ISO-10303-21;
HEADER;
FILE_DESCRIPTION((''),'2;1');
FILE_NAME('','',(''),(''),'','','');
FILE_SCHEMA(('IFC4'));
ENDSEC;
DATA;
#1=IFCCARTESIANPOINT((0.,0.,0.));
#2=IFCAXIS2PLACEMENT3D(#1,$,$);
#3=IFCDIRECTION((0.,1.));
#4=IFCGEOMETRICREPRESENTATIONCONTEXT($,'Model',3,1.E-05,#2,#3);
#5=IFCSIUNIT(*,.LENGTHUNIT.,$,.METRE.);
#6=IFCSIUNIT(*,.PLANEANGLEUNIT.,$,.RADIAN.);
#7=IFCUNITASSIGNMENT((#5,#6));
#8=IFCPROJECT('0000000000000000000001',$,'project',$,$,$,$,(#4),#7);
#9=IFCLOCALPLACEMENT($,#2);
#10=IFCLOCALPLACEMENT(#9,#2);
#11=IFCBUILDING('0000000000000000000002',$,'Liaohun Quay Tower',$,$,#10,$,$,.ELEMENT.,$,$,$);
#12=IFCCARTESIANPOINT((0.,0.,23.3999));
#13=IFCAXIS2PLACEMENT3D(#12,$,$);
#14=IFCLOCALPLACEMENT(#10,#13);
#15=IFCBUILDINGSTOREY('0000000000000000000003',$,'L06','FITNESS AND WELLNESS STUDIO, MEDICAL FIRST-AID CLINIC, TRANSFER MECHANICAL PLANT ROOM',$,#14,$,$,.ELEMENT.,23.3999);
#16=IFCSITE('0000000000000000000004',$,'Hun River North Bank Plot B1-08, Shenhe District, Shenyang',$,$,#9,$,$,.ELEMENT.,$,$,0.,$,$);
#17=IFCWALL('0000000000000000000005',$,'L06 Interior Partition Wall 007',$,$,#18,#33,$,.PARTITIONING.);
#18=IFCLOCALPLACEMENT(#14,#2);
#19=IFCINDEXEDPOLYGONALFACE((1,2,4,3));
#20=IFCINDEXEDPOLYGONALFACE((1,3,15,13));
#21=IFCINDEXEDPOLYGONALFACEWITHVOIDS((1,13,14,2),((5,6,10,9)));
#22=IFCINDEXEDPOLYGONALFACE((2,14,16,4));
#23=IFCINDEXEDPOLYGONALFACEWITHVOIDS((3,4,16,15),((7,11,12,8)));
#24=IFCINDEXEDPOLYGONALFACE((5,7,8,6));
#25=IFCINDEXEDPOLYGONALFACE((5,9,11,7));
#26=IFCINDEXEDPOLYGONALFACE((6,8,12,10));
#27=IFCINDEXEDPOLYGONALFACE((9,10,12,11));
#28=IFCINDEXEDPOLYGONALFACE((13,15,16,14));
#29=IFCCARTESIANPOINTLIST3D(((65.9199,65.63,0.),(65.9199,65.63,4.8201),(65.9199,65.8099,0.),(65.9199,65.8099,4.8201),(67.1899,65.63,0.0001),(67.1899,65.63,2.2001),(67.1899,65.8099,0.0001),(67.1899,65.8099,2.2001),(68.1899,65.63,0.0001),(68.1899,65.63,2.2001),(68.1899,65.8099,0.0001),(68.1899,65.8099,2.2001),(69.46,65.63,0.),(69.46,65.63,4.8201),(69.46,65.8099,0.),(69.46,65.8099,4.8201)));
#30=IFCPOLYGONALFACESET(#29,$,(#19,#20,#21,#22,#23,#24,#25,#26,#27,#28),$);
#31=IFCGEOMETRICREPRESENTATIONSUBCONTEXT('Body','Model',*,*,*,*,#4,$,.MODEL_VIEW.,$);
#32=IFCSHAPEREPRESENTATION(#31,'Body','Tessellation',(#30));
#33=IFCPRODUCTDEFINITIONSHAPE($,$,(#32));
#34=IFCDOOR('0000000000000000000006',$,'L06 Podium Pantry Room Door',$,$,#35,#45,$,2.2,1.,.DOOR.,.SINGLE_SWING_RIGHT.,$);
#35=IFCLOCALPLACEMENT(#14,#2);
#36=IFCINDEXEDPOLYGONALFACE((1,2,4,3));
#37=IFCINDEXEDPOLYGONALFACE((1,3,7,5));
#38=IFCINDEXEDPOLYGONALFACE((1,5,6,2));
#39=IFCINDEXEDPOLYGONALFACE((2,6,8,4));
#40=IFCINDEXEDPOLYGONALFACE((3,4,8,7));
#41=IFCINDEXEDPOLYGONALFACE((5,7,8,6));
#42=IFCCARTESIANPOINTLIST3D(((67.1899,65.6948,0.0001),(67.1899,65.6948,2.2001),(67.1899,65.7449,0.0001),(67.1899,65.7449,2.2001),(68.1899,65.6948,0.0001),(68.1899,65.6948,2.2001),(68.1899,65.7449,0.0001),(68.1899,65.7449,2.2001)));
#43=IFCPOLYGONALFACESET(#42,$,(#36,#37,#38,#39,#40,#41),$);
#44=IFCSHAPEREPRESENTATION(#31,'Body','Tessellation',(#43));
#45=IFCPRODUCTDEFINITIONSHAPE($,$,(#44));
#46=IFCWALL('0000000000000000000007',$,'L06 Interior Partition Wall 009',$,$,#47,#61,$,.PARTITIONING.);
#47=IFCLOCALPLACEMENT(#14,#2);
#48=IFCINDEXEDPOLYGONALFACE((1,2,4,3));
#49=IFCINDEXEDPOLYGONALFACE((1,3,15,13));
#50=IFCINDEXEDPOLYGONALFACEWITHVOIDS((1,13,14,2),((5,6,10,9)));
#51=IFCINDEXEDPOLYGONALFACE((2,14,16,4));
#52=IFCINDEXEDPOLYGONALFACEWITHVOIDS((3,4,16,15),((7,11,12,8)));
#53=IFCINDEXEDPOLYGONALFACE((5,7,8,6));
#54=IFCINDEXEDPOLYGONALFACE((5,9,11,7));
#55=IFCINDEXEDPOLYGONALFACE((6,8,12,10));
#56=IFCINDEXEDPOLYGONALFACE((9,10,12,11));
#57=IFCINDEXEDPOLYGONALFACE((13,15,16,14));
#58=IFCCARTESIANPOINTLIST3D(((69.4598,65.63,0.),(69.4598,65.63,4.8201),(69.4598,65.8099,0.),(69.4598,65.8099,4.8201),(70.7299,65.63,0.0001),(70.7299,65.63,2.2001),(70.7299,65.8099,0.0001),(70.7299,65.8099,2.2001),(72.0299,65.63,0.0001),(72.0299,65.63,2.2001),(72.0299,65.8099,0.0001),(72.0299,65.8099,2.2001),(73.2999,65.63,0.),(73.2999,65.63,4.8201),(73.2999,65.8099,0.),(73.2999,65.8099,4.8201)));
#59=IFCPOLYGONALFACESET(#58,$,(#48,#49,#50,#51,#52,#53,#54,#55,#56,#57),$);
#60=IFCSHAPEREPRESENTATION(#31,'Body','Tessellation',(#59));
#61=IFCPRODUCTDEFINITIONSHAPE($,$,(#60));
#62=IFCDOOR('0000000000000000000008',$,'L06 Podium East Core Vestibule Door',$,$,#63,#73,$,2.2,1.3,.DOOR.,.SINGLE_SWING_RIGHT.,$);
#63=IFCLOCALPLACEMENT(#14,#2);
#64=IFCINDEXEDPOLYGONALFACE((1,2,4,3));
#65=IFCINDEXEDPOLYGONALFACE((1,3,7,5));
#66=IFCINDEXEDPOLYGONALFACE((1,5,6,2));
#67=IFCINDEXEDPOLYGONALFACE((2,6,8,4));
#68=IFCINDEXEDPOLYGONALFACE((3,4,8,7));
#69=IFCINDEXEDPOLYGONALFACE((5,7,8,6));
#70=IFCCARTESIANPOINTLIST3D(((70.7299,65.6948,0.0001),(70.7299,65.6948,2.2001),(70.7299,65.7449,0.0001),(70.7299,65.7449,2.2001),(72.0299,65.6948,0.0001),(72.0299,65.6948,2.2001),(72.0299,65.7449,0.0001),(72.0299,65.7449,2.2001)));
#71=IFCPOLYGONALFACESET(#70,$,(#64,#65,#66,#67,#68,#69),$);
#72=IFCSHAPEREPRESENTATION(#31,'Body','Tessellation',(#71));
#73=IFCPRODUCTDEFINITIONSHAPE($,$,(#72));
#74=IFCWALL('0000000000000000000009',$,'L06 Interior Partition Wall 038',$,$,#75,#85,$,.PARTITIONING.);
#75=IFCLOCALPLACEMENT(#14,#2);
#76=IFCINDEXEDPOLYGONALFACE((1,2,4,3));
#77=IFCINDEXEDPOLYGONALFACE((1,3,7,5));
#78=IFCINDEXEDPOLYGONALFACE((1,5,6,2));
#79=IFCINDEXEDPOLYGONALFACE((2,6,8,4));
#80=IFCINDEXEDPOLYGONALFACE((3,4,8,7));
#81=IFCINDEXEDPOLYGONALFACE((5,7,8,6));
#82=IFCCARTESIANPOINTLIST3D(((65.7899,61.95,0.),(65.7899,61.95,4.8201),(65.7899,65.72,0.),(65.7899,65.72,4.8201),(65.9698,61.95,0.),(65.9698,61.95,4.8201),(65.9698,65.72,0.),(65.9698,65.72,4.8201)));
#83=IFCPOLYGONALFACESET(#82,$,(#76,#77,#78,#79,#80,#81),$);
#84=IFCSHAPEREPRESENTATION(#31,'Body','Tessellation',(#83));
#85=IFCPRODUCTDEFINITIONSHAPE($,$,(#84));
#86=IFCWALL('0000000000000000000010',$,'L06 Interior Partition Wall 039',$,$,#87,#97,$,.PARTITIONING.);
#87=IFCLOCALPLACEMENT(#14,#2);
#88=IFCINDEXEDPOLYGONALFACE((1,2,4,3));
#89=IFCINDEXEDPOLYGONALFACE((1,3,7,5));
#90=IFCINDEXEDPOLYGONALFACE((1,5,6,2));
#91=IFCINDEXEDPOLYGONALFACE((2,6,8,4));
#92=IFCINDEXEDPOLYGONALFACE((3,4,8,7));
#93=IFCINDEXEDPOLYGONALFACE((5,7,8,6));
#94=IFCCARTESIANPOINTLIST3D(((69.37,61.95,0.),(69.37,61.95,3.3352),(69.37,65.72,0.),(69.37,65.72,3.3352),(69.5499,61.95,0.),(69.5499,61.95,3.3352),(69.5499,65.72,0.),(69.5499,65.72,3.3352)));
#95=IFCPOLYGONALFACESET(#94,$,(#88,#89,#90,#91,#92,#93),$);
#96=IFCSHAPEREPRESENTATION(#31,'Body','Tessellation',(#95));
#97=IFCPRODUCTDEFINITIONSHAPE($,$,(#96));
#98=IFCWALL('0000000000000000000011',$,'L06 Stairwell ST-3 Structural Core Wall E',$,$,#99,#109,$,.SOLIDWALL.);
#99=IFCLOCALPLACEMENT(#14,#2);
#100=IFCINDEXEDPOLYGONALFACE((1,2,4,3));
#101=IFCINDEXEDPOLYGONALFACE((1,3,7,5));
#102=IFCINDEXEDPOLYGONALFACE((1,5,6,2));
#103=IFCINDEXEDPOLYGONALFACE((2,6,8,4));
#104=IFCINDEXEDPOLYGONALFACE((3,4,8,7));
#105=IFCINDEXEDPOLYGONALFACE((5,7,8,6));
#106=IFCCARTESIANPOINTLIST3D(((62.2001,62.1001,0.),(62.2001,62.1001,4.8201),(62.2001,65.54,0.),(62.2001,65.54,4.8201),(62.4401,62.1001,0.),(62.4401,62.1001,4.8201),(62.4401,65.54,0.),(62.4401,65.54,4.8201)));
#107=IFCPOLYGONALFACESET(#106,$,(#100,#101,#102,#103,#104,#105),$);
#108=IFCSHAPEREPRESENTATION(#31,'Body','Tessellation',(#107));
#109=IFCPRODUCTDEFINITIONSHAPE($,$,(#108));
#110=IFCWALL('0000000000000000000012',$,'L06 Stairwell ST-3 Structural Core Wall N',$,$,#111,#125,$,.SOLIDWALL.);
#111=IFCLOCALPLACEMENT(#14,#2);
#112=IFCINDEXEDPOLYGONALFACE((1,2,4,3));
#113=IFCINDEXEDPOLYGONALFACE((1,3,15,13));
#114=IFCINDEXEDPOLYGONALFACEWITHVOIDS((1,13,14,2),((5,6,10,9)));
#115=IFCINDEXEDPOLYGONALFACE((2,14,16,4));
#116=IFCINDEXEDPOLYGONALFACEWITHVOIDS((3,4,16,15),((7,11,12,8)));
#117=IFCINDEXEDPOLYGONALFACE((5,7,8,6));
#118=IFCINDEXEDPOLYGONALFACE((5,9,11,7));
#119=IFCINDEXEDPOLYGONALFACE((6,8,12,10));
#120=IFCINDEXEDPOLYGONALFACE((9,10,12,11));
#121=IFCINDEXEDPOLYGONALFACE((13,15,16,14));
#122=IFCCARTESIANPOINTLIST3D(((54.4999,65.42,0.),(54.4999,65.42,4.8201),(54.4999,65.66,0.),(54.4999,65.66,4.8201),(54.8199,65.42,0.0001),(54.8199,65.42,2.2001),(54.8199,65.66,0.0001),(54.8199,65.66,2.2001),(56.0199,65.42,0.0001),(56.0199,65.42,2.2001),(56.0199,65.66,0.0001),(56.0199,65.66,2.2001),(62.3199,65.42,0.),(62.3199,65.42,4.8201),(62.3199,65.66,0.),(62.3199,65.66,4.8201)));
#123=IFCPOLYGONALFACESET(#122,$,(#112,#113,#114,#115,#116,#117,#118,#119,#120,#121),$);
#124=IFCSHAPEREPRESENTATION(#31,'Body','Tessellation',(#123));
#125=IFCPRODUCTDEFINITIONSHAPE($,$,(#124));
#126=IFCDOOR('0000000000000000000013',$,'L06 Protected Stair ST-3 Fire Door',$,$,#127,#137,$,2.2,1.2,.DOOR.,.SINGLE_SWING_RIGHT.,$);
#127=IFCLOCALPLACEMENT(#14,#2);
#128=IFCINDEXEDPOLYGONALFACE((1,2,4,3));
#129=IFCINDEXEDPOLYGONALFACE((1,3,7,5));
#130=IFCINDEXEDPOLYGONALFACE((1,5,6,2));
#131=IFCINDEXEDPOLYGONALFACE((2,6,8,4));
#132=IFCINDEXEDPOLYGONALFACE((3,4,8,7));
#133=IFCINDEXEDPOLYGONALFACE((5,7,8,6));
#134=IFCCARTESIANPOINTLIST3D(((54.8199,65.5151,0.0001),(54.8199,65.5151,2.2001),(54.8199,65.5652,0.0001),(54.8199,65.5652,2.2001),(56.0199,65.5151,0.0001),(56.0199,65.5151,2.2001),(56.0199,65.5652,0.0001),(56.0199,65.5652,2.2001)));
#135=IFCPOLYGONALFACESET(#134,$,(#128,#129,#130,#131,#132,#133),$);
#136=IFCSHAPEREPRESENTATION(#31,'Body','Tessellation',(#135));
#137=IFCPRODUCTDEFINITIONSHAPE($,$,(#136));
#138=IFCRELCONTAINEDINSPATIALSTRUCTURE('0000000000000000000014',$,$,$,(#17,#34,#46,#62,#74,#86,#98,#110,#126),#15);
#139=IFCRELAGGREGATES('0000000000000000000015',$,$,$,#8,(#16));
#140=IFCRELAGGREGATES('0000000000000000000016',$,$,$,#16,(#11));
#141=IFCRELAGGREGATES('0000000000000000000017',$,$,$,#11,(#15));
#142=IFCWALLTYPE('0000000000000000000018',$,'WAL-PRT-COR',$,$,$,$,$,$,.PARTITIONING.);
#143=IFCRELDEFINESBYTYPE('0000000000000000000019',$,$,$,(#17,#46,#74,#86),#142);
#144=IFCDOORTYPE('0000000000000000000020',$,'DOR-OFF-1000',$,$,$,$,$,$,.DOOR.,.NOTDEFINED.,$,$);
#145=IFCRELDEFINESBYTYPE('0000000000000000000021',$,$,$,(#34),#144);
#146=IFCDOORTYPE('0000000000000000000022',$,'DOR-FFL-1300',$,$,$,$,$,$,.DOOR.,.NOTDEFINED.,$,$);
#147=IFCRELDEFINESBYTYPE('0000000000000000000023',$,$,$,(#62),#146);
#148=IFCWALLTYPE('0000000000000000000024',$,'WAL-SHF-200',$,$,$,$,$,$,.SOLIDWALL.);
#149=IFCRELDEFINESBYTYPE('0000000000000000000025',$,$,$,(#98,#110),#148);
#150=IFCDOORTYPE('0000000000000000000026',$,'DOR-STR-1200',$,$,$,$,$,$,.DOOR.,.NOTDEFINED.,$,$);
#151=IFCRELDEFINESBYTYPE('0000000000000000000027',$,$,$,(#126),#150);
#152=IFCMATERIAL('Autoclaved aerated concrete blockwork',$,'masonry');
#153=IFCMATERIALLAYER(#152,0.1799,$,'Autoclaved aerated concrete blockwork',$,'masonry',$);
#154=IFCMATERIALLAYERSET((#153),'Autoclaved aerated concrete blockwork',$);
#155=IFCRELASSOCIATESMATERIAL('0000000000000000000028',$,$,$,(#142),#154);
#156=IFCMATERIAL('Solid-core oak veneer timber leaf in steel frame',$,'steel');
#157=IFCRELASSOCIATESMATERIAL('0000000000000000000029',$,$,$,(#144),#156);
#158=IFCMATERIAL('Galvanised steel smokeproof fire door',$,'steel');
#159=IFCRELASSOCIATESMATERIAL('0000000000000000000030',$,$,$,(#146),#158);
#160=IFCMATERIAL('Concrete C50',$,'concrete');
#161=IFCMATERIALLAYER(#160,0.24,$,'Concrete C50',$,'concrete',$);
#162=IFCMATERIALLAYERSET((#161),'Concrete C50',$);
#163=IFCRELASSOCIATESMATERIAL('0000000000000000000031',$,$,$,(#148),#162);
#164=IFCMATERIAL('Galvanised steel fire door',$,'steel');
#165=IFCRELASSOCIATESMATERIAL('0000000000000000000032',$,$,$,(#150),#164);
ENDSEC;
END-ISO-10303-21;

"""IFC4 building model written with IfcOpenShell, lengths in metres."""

from ifc_helpers import new_model, si_unit, direction, frame, frame_2d, origin, place, context, subcontext, project, spatial, rectangle, extrude, source, transform, mapped, material, layer, layer_set, type_object, element, fill, save


model = new_model("IFC4")

# Units and contexts
model_context = context("Model", 3, precision=1e-05, world=origin(), true_north=direction((0.0, 1.0)))
body_context = subcontext(model_context, "Body", "Model", "MODEL_VIEW")
ifc_project = project(units=[si_unit("LENGTHUNIT", "METRE"), si_unit("PLANEANGLEUNIT", "RADIAN")], contexts=[model_context])

# Site, building, storey
site_placement = place(None, origin())
site = spatial("IfcSite", under=ifc_project, at=site_placement, Name="Hun River North Bank Plot B1-08, Shenhe District, Shenyang", CompositionType="ELEMENT", RefElevation=0.0)
building_placement = place(site_placement, origin())
building = spatial("IfcBuilding", under=site, at=building_placement, Name="Liaohun Quay Tower", CompositionType="ELEMENT")
storey_placement = place(building_placement, frame((0.0, 0.0, 23.3999)))
storey = spatial("IfcBuildingStorey", under=building, at=storey_placement, Name="L06", Description="FITNESS AND WELLNESS STUDIO, MEDICAL FIRST-AID CLINIC, TRANSFER MECHANICAL PLANT ROOM", CompositionType="ELEMENT", Elevation=23.3999)

# Walls, openings, doors
ifc_material_1 = material(Name="Autoclaved aerated concrete blockwork", Category="masonry")
ifc_layer_1 = layer(ifc_material_1, 0.1799, Name="Autoclaved aerated concrete blockwork", Category="masonry")
ifc_layer_set_1 = layer_set([ifc_layer_1], Name="Autoclaved aerated concrete blockwork")
wall_type_1 = type_object("IfcWallType", Name="WAL-PRT-COR", PredefinedType="PARTITIONING", material=ifc_layer_set_1)
shared_shape_1 = source(origin(), body_context, "Body", "SweptSolid", [
    extrude(rectangle(XDim=1.0, YDim=2.2, at=frame_2d((0.5, 1.1001))), frame((0.0, 0.0999, 0.0), z_axis=(0.0, -1.0, 0.0), x_axis=(1.0, 0.0, 0.0)), (0.0, 0.0, 1.0), 0.2),
])
ifc_material_2 = material(Name="Solid-core oak veneer timber leaf in steel frame", Category="steel")
door_type_1 = type_object("IfcDoorType", Name="DOR-OFF-1000", OperationType="NOTDEFINED", PredefinedType="DOOR", material=ifc_material_2)
shared_shape_2 = source(origin(), body_context, "Body", "SweptSolid", [
    extrude(rectangle(XDim=1.0, YDim=2.2, at=frame_2d((0.5, 1.1001))), frame((0.0, 0.0249, 0.0), z_axis=(0.0, -1.0, 0.0), x_axis=(1.0, 0.0, 0.0)), (0.0, 0.0, 1.0), 0.05),
])
wall_1_placement = place(storey_placement, frame((65.9199, 65.72, 0.0), z_axis=(0.0, 0.0, 1.0), x_axis=(1.0, 0.0, 0.0)))
wall_1 = element("IfcWall", 1, at=wall_1_placement, inside=storey, type_object=wall_type_1, Name="L06 Interior Partition Wall 007", PredefinedType="PARTITIONING", context=body_context, shape_type="SweptSolid", body=[
    extrude(rectangle(XDim=3.54, YDim=0.1799, at=frame_2d((1.77, 0.0))), origin(), (0.0, 0.0, 1.0), 4.8201),
])
opening_1_placement = place(wall_1_placement, frame((1.27, 0.0, 0.0)))
opening_1 = element("IfcOpeningElement", 2, at=opening_1_placement, cuts=wall_1, PredefinedType="OPENING", context=body_context, shape_type="MappedRepresentation", body=[
    mapped(shared_shape_1, transform((0.0, 0.0, 0.0), x_axis=(1.0, 0.0, 0.0), y_axis=(0.0, 1.0, 0.0), z_axis=(0.0, 0.0, 1.0), scale=1.0)),
])
door_1_placement = place(opening_1_placement, origin())
door_1 = element("IfcDoor", 3, at=door_1_placement, inside=storey, type_object=door_type_1, Name="L06 Podium Pantry Room Door", OperationType="SINGLE_SWING_RIGHT", OverallHeight=2.2, OverallWidth=1.0, PredefinedType="DOOR", context=body_context, shape_type="MappedRepresentation", body=[
    mapped(shared_shape_2, transform((0.0, 0.0, 0.0), x_axis=(1.0, 0.0, 0.0), y_axis=(0.0, 1.0, 0.0), z_axis=(0.0, 0.0, 1.0), scale=1.0)),
])
fill(opening_1, door_1)
wall_2_placement = place(storey_placement, frame((69.46, 65.72, 0.0), z_axis=(0.0, 0.0, 1.0), x_axis=(1.0, 0.0, 0.0)))
wall_2 = element("IfcWall", 4, at=wall_2_placement, inside=storey, type_object=wall_type_1, Name="L06 Interior Partition Wall 009", PredefinedType="PARTITIONING", context=body_context, shape_type="SweptSolid", body=[
    extrude(rectangle(XDim=3.8401, YDim=0.1799, at=frame_2d((1.9199, 0.0))), origin(), (0.0, 0.0, 1.0), 4.8201),
])
shared_shape_3 = source(origin(), body_context, "Body", "SweptSolid", [
    extrude(rectangle(XDim=1.3, YDim=2.2, at=frame_2d((0.6499, 1.1001))), frame((0.0, 0.0999, 0.0), z_axis=(0.0, -1.0, 0.0), x_axis=(1.0, 0.0, 0.0)), (0.0, 0.0, 1.0), 0.2),
])
opening_2_placement = place(wall_2_placement, frame((1.27, 0.0, 0.0)))
opening_2 = element("IfcOpeningElement", 5, at=opening_2_placement, cuts=wall_2, PredefinedType="OPENING", context=body_context, shape_type="MappedRepresentation", body=[
    mapped(shared_shape_3, transform((0.0, 0.0, 0.0), x_axis=(1.0, 0.0, 0.0), y_axis=(0.0, 1.0, 0.0), z_axis=(0.0, 0.0, 1.0), scale=1.0)),
])
ifc_material_3 = material(Name="Galvanised steel smokeproof fire door", Category="steel")
door_type_2 = type_object("IfcDoorType", Name="DOR-FFL-1300", OperationType="NOTDEFINED", PredefinedType="DOOR", material=ifc_material_3)
shared_shape_4 = source(origin(), body_context, "Body", "SweptSolid", [
    extrude(rectangle(XDim=1.3, YDim=2.2, at=frame_2d((0.6499, 1.1001))), frame((0.0, 0.0249, 0.0), z_axis=(0.0, -1.0, 0.0), x_axis=(1.0, 0.0, 0.0)), (0.0, 0.0, 1.0), 0.05),
])
door_2_placement = place(opening_2_placement, origin())
door_2 = element("IfcDoor", 6, at=door_2_placement, inside=storey, type_object=door_type_2, Name="L06 Podium East Core Vestibule Door", OperationType="SINGLE_SWING_RIGHT", OverallHeight=2.2, OverallWidth=1.3, PredefinedType="DOOR", context=body_context, shape_type="MappedRepresentation", body=[
    mapped(shared_shape_4, transform((0.0, 0.0, 0.0), x_axis=(1.0, 0.0, 0.0), y_axis=(0.0, 1.0, 0.0), z_axis=(0.0, 0.0, 1.0), scale=1.0)),
])
fill(opening_2, door_2)

# Walls
wall_3_placement = place(storey_placement, frame((65.8799, 61.95, 0.0), z_axis=(0.0, 0.0, 1.0), x_axis=(0.0, 1.0, 0.0)))
element("IfcWall", 7, at=wall_3_placement, inside=storey, type_object=wall_type_1, Name="L06 Interior Partition Wall 038", PredefinedType="PARTITIONING", context=body_context, shape_type="SweptSolid", body=[
    extrude(rectangle(XDim=3.77, YDim=0.1799, at=frame_2d((1.885, 0.0))), origin(), (0.0, 0.0, 1.0), 4.8201),
])
wall_4_placement = place(storey_placement, frame((69.46, 61.95, 0.0), z_axis=(0.0, 0.0, 1.0), x_axis=(0.0, 1.0, 0.0)))
element("IfcWall", 8, at=wall_4_placement, inside=storey, type_object=wall_type_1, Name="L06 Interior Partition Wall 039", PredefinedType="PARTITIONING", context=body_context, shape_type="SweptSolid", body=[
    extrude(rectangle(XDim=3.77, YDim=0.1799, at=frame_2d((1.885, 0.0))), origin(), (0.0, 0.0, 1.0), 3.3352),
])
ifc_material_4 = material(Name="Concrete C50", Category="concrete")
ifc_layer_2 = layer(ifc_material_4, 0.24, Name="Concrete C50", Category="concrete")
ifc_layer_set_2 = layer_set([ifc_layer_2], Name="Concrete C50")
wall_type_2 = type_object("IfcWallType", Name="WAL-SHF-200", PredefinedType="SOLIDWALL", material=ifc_layer_set_2)
wall_5_placement = place(storey_placement, frame((62.3201, 62.1001, 0.0), z_axis=(0.0, 0.0, 1.0), x_axis=(0.0, 1.0, 0.0)))
element("IfcWall", 9, at=wall_5_placement, inside=storey, type_object=wall_type_2, Name="L06 Stairwell ST-3 Structural Core Wall E", PredefinedType="SOLIDWALL", context=body_context, shape_type="SweptSolid", body=[
    extrude(rectangle(XDim=3.4399, YDim=0.24, at=frame_2d((1.72, 0.0))), origin(), (0.0, 0.0, 1.0), 4.8201),
])

# Wall, opening, door
wall_6_placement = place(storey_placement, frame((62.3201, 65.54, 0.0), z_axis=(0.0, 0.0, 1.0), x_axis=(-1.0, 0.0, 0.0)))
wall_6 = element("IfcWall", 10, at=wall_6_placement, inside=storey, type_object=wall_type_2, Name="L06 Stairwell ST-3 Structural Core Wall N", PredefinedType="SOLIDWALL", context=body_context, shape_type="SweptSolid", body=[
    extrude(rectangle(XDim=7.8201, YDim=0.24, at=frame_2d((3.9102, 0.0))), origin(), (0.0, 0.0, 1.0), 4.8201),
])
shared_shape_5 = source(origin(), body_context, "Body", "SweptSolid", [
    extrude(rectangle(XDim=1.2, YDim=2.2, at=frame_2d((0.6001, 1.1001))), frame((0.0, 0.1299, 0.0), z_axis=(0.0, -1.0, 0.0), x_axis=(1.0, 0.0, 0.0)), (0.0, 0.0, 1.0), 0.26),
])
opening_3_placement = place(wall_6_placement, frame((6.3, 0.0, 0.0)))
opening_3 = element("IfcOpeningElement", 11, at=opening_3_placement, cuts=wall_6, PredefinedType="OPENING", context=body_context, shape_type="MappedRepresentation", body=[
    mapped(shared_shape_5, transform((0.0, 0.0, 0.0), x_axis=(1.0, 0.0, 0.0), y_axis=(0.0, 1.0, 0.0), z_axis=(0.0, 0.0, 1.0), scale=1.0)),
])
ifc_material_5 = material(Name="Galvanised steel fire door", Category="steel")
door_type_3 = type_object("IfcDoorType", Name="DOR-STR-1200", OperationType="NOTDEFINED", PredefinedType="DOOR", material=ifc_material_5)
shared_shape_6 = source(origin(), body_context, "Body", "SweptSolid", [
    extrude(rectangle(XDim=1.2, YDim=2.2, at=frame_2d((0.6001, 1.1001))), frame((0.0, 0.0249, 0.0), z_axis=(0.0, -1.0, 0.0), x_axis=(1.0, 0.0, 0.0)), (0.0, 0.0, 1.0), 0.05),
])
door_3_placement = place(opening_3_placement, origin())
door_3 = element("IfcDoor", 12, at=door_3_placement, inside=storey, type_object=door_type_3, Name="L06 Protected Stair ST-3 Fire Door", OperationType="SINGLE_SWING_RIGHT", OverallHeight=2.2, OverallWidth=1.2, PredefinedType="DOOR", context=body_context, shape_type="MappedRepresentation", body=[
    mapped(shared_shape_6, transform((0.0, 0.0, 0.0), x_axis=(1.0, 0.0, 0.0), y_axis=(0.0, 1.0, 0.0), z_axis=(0.0, 0.0, 1.0), scale=1.0)),
])
fill(opening_3, door_3)

save(model, "model.ifc")
